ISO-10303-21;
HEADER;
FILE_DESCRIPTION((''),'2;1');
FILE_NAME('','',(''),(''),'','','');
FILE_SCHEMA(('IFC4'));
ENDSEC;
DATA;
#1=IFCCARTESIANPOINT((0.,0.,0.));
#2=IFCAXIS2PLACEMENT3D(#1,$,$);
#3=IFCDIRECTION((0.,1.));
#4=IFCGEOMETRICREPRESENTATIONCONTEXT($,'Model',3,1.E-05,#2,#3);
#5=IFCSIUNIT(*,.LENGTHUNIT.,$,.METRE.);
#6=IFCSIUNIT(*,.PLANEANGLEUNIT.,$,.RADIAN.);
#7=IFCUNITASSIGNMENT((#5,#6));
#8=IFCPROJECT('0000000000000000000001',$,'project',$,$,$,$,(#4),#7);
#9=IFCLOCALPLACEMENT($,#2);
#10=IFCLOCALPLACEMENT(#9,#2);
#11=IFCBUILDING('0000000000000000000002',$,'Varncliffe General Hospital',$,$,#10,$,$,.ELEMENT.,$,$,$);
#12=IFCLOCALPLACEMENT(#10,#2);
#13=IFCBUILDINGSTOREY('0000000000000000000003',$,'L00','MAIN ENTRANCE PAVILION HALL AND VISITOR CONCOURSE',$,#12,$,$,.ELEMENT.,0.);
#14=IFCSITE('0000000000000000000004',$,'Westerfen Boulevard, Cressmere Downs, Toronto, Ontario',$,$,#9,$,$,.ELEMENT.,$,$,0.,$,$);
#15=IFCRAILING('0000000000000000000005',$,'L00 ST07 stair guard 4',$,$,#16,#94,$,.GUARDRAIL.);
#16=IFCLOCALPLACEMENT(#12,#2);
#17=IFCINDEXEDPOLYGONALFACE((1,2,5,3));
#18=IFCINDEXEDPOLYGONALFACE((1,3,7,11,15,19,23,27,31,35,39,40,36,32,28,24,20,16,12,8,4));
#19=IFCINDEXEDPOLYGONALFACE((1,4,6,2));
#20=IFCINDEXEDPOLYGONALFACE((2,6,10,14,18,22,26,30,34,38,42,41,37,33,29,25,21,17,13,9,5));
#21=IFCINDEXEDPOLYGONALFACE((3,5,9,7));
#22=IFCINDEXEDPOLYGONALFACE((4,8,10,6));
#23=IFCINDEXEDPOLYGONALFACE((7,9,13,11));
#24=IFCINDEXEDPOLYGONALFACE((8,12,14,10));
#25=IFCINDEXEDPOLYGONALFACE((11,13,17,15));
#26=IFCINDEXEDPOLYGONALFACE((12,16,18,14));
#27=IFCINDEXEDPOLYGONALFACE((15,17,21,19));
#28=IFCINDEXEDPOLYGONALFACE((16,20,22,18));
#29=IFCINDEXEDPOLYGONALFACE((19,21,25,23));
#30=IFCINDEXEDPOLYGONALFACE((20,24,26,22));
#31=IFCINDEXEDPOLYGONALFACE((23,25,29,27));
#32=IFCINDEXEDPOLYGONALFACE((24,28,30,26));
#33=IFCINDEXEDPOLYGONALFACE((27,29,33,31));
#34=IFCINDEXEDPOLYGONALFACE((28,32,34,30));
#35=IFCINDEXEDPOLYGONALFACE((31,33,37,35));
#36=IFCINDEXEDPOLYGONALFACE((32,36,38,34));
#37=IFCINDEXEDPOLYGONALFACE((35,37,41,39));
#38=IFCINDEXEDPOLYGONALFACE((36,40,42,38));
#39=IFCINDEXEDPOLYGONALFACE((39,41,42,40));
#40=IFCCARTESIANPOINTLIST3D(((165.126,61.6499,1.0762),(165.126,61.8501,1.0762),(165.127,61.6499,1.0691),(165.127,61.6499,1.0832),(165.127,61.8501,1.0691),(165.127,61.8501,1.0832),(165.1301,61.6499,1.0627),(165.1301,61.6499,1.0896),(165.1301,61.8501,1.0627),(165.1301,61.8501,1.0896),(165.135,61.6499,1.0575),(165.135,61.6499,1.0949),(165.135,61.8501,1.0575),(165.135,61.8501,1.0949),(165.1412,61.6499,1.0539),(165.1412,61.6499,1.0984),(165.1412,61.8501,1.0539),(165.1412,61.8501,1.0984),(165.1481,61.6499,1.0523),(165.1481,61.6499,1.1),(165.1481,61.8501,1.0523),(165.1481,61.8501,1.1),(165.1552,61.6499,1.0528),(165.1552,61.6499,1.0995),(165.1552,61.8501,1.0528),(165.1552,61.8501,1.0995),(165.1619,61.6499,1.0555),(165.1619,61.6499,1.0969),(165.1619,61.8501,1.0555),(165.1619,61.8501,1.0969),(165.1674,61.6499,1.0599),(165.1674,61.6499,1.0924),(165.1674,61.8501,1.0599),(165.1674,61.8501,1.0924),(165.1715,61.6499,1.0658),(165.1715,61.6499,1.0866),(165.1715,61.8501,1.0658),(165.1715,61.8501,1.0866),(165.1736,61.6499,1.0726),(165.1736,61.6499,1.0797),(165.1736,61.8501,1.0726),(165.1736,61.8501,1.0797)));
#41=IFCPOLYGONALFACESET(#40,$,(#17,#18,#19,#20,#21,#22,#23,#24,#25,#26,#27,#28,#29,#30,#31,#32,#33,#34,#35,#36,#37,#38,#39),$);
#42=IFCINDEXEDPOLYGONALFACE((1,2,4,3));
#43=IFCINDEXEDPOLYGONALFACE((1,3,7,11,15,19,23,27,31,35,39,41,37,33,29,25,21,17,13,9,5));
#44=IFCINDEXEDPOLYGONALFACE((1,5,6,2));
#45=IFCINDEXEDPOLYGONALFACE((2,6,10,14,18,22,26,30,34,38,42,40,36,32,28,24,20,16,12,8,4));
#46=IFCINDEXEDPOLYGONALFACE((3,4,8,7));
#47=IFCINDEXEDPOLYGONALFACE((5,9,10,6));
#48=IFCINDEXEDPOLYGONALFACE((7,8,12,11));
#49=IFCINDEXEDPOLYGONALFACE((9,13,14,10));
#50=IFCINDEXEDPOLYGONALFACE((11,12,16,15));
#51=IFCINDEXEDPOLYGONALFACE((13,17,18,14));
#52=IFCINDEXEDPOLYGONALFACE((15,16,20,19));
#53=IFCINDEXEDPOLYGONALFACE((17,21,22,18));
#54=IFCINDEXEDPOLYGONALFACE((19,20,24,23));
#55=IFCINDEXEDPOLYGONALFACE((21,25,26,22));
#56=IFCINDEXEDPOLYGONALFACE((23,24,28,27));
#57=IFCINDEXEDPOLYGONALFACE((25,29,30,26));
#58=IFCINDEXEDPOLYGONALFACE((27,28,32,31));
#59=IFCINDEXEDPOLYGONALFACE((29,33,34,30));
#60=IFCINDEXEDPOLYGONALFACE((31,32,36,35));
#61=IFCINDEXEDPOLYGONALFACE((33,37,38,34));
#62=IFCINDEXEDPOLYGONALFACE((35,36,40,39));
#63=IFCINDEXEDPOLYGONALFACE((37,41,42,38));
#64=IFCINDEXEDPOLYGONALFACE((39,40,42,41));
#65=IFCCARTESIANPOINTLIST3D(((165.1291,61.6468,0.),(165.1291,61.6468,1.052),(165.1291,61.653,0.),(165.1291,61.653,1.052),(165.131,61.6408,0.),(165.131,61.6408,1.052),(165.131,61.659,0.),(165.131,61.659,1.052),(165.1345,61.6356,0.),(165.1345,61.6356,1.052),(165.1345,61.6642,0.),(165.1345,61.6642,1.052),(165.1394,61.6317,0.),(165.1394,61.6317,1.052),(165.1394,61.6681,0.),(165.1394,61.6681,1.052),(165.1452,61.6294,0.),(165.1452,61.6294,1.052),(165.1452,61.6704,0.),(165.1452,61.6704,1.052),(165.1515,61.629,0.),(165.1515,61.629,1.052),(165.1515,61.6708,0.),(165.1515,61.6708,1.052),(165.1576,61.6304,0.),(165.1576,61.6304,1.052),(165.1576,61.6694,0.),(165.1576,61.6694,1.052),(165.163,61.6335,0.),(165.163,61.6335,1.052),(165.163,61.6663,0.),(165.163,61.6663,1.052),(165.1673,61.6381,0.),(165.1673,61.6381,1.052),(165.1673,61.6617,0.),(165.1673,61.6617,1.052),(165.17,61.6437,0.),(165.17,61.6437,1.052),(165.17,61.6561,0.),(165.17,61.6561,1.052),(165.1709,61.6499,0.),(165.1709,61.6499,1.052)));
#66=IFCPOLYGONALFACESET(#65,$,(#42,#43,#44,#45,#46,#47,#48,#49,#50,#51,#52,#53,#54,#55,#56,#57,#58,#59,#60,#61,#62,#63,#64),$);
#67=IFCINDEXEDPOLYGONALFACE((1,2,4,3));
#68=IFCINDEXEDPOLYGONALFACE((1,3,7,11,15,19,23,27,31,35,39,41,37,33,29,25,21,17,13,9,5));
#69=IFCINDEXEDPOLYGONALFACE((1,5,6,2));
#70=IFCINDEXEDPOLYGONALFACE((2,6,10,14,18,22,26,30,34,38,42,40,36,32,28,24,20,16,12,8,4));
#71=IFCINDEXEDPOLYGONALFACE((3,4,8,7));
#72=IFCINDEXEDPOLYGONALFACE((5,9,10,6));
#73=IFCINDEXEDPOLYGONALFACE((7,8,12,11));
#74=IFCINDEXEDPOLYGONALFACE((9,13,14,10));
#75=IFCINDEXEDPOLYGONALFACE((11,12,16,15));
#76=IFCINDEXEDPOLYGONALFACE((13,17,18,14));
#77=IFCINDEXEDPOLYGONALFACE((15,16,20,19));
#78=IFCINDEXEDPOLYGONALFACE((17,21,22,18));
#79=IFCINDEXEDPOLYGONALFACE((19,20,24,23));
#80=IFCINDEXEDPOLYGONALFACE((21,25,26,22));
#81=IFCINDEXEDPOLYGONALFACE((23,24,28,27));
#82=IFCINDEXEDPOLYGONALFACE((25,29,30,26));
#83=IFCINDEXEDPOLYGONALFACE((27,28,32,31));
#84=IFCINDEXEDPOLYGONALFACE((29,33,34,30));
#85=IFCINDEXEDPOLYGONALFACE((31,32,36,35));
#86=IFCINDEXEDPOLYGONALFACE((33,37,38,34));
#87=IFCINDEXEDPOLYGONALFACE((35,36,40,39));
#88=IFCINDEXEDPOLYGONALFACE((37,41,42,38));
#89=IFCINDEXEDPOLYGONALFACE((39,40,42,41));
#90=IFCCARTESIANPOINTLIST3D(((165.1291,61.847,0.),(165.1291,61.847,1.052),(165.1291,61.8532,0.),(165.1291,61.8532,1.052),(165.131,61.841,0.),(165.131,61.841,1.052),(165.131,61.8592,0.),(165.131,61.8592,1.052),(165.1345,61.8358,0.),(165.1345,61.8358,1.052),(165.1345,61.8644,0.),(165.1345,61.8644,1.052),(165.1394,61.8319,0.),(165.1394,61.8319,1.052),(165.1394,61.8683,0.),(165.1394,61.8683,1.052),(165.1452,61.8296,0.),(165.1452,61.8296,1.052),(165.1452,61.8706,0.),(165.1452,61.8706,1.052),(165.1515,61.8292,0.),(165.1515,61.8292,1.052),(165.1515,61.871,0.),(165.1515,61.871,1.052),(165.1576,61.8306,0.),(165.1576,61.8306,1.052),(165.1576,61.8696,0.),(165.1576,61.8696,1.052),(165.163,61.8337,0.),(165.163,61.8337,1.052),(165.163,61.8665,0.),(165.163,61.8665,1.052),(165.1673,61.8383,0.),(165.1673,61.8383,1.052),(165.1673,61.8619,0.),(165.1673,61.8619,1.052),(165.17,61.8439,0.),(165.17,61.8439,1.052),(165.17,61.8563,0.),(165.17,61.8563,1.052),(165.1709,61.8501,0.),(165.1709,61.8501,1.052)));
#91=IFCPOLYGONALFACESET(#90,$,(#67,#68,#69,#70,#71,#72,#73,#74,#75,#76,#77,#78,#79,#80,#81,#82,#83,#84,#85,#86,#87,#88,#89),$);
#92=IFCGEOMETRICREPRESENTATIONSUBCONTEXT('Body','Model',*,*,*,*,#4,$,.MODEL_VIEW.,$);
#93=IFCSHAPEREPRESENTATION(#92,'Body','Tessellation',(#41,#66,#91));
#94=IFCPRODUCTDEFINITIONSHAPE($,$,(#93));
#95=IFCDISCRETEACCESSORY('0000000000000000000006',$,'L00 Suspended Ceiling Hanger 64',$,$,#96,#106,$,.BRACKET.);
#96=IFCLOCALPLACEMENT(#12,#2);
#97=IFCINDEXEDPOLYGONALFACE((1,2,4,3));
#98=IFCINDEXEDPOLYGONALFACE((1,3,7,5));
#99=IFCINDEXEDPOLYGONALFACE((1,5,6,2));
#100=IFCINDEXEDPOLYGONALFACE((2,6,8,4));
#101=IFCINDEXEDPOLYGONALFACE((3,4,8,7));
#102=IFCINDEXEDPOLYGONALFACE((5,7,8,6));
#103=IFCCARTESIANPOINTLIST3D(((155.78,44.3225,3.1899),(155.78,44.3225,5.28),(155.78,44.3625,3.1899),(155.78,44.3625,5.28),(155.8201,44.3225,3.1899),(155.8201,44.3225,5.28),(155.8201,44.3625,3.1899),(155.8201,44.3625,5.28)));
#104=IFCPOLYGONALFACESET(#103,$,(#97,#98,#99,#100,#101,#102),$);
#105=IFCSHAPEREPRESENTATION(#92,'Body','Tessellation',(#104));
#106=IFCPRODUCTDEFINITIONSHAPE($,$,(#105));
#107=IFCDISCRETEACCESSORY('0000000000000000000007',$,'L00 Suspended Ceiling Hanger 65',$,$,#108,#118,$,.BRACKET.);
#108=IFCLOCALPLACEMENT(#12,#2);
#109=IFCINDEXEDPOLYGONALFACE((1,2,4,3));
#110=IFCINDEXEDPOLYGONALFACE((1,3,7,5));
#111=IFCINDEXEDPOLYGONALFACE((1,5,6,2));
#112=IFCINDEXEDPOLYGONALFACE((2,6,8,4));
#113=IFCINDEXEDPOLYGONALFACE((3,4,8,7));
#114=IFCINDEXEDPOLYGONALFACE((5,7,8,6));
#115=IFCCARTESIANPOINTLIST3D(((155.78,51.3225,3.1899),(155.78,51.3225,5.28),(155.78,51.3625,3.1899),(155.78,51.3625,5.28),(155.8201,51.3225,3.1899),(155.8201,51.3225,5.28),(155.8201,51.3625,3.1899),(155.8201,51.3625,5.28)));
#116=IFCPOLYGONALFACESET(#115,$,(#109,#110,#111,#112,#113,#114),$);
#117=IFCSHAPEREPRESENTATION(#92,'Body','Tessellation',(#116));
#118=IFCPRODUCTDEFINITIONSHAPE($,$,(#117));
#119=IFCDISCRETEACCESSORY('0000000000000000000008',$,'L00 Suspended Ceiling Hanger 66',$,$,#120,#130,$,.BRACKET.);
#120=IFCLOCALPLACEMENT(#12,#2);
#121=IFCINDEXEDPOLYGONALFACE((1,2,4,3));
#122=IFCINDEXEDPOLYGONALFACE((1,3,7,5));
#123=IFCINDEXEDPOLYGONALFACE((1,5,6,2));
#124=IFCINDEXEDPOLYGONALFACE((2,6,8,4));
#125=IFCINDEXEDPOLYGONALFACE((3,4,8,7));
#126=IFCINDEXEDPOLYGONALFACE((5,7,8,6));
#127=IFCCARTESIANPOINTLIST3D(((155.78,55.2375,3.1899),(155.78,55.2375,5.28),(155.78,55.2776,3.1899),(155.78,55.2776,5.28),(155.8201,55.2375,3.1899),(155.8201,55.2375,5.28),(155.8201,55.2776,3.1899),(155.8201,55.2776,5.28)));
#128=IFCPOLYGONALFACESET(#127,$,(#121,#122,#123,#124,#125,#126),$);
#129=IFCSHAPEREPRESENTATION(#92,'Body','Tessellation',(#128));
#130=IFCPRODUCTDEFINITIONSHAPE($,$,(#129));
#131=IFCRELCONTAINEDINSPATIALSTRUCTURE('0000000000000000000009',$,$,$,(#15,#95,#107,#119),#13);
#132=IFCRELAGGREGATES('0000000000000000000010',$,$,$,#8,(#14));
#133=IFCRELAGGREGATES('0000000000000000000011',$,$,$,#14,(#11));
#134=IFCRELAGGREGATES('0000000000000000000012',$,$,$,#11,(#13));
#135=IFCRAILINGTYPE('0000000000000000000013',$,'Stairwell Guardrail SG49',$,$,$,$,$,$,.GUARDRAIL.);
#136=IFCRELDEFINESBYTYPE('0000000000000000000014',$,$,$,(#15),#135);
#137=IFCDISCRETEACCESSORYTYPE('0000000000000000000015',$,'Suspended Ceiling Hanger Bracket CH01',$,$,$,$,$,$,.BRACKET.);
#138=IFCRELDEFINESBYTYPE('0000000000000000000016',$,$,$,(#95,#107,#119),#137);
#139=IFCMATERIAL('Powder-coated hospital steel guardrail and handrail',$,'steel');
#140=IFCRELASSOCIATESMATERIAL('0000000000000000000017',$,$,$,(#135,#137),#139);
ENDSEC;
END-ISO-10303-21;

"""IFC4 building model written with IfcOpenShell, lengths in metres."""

from ifc_helpers import new_model, si_unit, direction, frame, origin, origin_2d, place, context, subcontext, project, spatial, rectangle, circle, extrude, material, type_object, element, save


model = new_model("IFC4")

# Units and contexts
model_context = context("Model", 3, precision=1e-05, world=origin(), true_north=direction((0.0, 1.0)))
body_context = subcontext(model_context, "Body", "Model", "MODEL_VIEW")
ifc_project = project(units=[si_unit("LENGTHUNIT", "METRE"), si_unit("PLANEANGLEUNIT", "RADIAN")], contexts=[model_context])

# Site, building, storey
site_placement = place(None, origin())
site = spatial("IfcSite", under=ifc_project, at=site_placement, Name="Westerfen Boulevard, Cressmere Downs, Toronto, Ontario", CompositionType="ELEMENT", RefElevation=0.0)
building_placement = place(site_placement, origin())
building = spatial("IfcBuilding", under=site, at=building_placement, Name="Varncliffe General Hospital", CompositionType="ELEMENT")
storey_placement = place(building_placement, origin())
storey = spatial("IfcBuildingStorey", under=building, at=storey_placement, Name="L00", Description="MAIN ENTRANCE PAVILION HALL AND VISITOR CONCOURSE", CompositionType="ELEMENT", Elevation=0.0)

# Railing
ifc_material_1 = material(Name="Powder-coated hospital steel guardrail and handrail", Category="steel")
railing_type_1 = type_object("IfcRailingType", Name="Stairwell Guardrail SG49", PredefinedType="GUARDRAIL", material=ifc_material_1)
railing_1_placement = place(storey_placement, frame((165.1499, 61.6499, 0.0)))
element("IfcRailing", 1, at=railing_1_placement, inside=storey, type_object=railing_type_1, Name="L00 ST07 stair guard 4", PredefinedType="GUARDRAIL", context=body_context, shape_type="SweptSolid", body=[
    extrude(circle(Radius=0.0239, at=origin_2d()), frame((0.0, 0.0, 1.0762), z_axis=(0.0, 1.0, 0.0), x_axis=(-1.0, 0.0, 0.0)), (0.0, 0.0, 1.0), 0.2002),
    extrude(circle(Radius=0.021, at=origin_2d()), origin(), (0.0, 0.0, 1.0), 1.052),
    extrude(circle(Radius=0.021, at=origin_2d()), frame((0.0, 0.2002, 0.0)), (0.0, 0.0, 1.0), 1.052),
])

# Discrete accessories
discrete_accessory_type = type_object("IfcDiscreteAccessoryType", Name="Suspended Ceiling Hanger Bracket CH01", PredefinedType="BRACKET", material=ifc_material_1)
for number, where, z_axis, x_axis, name in (
    (2, (155.8, 44.3425, 3.1899), (0.0, 0.0, 1.0), (1.0, 0.0, 0.0), "L00 Suspended Ceiling Hanger 64"),
    (3, (155.8, 51.3425, 3.1899), (0.0, 0.0, 1.0), (1.0, 0.0, 0.0), "L00 Suspended Ceiling Hanger 65"),
    (4, (155.8, 55.2576, 3.1899), (0.0, 0.0, 1.0), (1.0, 0.0, 0.0), "L00 Suspended Ceiling Hanger 66"),
):
    element("IfcDiscreteAccessory", number, at=place(storey_placement, frame(where, z_axis=z_axis, x_axis=x_axis)), inside=storey, type_object=discrete_accessory_type, Name=name, PredefinedType="BRACKET", context=body_context, shape_type="SweptSolid", body=[
        extrude(rectangle(XDim=0.04, YDim=0.04, at=origin_2d()), origin(), (0.0, 0.0, 1.0), 2.0901),
    ])

save(model, "model.ifc")
